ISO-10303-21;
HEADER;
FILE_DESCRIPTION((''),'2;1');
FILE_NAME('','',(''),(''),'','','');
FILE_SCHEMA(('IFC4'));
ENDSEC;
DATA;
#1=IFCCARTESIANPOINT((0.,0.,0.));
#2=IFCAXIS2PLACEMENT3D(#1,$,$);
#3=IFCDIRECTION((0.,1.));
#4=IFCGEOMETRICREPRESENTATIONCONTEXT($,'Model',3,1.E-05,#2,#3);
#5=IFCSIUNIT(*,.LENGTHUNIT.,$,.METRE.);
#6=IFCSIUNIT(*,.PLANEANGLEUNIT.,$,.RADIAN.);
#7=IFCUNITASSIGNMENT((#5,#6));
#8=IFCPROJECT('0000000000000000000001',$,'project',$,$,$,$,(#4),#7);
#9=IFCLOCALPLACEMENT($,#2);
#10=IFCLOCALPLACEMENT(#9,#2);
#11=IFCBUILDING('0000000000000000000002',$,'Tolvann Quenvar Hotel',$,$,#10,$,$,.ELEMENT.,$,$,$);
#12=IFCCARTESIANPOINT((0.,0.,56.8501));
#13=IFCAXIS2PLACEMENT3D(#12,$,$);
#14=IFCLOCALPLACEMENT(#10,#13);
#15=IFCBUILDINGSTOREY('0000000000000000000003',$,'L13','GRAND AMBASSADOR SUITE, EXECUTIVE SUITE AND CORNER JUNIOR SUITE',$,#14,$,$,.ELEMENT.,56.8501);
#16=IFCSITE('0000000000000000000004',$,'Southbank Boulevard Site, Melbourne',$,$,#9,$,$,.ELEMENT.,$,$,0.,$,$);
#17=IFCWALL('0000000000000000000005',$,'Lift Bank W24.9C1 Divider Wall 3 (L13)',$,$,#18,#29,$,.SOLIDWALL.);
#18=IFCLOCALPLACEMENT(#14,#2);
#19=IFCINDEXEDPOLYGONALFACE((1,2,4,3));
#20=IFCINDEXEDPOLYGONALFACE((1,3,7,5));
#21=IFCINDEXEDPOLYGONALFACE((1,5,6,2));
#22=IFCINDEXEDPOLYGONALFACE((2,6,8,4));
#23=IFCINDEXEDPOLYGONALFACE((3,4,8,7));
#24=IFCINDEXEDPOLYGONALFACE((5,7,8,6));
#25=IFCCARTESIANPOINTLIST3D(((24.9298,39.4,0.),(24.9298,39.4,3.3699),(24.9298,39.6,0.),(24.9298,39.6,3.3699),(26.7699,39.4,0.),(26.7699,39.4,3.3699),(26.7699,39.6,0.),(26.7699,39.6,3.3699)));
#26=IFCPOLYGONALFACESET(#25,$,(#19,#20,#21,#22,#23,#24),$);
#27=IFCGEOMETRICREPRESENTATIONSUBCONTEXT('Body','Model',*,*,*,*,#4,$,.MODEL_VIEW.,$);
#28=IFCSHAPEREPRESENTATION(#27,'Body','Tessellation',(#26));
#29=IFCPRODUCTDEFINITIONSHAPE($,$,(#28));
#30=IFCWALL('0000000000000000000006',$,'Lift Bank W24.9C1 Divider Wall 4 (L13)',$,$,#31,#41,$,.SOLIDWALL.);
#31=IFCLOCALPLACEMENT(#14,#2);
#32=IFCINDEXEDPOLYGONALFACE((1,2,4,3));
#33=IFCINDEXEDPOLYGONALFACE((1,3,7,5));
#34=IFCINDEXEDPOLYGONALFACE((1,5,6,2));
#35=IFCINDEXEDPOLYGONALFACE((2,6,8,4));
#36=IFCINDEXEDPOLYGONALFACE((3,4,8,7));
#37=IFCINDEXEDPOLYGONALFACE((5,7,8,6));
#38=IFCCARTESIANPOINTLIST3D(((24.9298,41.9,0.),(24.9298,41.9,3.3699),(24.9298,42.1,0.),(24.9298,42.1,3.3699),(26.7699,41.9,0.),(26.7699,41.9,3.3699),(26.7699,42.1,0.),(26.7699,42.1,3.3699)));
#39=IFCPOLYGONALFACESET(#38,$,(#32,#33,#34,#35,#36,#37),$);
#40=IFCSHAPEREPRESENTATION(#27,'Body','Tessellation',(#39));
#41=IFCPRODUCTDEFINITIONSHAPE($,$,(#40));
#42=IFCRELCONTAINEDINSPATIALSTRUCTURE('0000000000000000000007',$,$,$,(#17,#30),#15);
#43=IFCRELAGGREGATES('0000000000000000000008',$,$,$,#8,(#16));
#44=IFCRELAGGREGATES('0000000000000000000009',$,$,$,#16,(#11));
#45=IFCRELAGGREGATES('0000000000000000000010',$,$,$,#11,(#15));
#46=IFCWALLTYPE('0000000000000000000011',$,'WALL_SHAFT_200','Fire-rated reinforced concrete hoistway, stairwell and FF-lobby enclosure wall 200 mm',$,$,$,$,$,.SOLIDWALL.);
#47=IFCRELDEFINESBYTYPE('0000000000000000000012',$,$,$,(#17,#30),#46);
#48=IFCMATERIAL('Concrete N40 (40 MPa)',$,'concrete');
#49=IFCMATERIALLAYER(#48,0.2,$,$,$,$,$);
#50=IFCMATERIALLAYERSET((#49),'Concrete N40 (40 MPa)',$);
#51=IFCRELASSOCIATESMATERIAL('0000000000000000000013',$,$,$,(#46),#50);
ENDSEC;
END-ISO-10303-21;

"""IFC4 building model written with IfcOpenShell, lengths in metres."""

from ifc_helpers import new_model, si_unit, direction, frame, frame_2d, origin, place, context, subcontext, project, spatial, rectangle, extrude, material, layer, layer_set, type_object, element, save


model = new_model("IFC4")

# Units and contexts
model_context = context("Model", 3, precision=1e-05, world=origin(), true_north=direction((0.0, 1.0)))
body_context = subcontext(model_context, "Body", "Model", "MODEL_VIEW")
ifc_project = project(units=[si_unit("LENGTHUNIT", "METRE"), si_unit("PLANEANGLEUNIT", "RADIAN")], contexts=[model_context])

# Site, building, storey
site_placement = place(None, origin())
site = spatial("IfcSite", under=ifc_project, at=site_placement, Name="Southbank Boulevard Site, Melbourne", CompositionType="ELEMENT", RefElevation=0.0)
building_placement = place(site_placement, origin())
building = spatial("IfcBuilding", under=site, at=building_placement, Name="Tolvann Quenvar Hotel", CompositionType="ELEMENT")
storey_placement = place(building_placement, frame((0.0, 0.0, 56.8501)))
storey = spatial("IfcBuildingStorey", under=building, at=storey_placement, Name="L13", Description="GRAND AMBASSADOR SUITE, EXECUTIVE SUITE AND CORNER JUNIOR SUITE", CompositionType="ELEMENT", Elevation=56.8501)

# Shared definitions
ifc_material_1 = material(Name="Concrete N40 (40 MPa)", Category="concrete")
ifc_layer_1 = layer(ifc_material_1, 0.2)
ifc_layer_set_1 = layer_set([ifc_layer_1], Name="Concrete N40 (40 MPa)")
wall_type_1 = type_object("IfcWallType", Name="WALL_SHAFT_200", Description="Fire-rated reinforced concrete hoistway, stairwell and FF-lobby enclosure wall 200 mm", PredefinedType="SOLIDWALL", material=ifc_layer_set_1)

# Walls
for number, where, z_axis, x_axis, name in (
    (1, (24.9299, 39.5, 0.0), (0.0, 0.0, 1.0), (1.0, 0.0, 0.0), "Lift Bank W24.9C1 Divider Wall 3 (L13)"),
    (2, (24.9299, 42.0, 0.0), (0.0, 0.0, 1.0), (1.0, 0.0, 0.0), "Lift Bank W24.9C1 Divider Wall 4 (L13)"),
):
    element("IfcWall", number, at=place(storey_placement, frame(where, z_axis=z_axis, x_axis=x_axis)), inside=storey, type_object=wall_type_1, Name=name, PredefinedType="SOLIDWALL", context=body_context, shape_type="SweptSolid", body=[
        extrude(rectangle(XDim=1.8401, YDim=0.2, at=frame_2d((0.9199, 0.0))), origin(), (0.0, 0.0, 1.0), 3.3699),
    ])

save(model, "model.ifc")
